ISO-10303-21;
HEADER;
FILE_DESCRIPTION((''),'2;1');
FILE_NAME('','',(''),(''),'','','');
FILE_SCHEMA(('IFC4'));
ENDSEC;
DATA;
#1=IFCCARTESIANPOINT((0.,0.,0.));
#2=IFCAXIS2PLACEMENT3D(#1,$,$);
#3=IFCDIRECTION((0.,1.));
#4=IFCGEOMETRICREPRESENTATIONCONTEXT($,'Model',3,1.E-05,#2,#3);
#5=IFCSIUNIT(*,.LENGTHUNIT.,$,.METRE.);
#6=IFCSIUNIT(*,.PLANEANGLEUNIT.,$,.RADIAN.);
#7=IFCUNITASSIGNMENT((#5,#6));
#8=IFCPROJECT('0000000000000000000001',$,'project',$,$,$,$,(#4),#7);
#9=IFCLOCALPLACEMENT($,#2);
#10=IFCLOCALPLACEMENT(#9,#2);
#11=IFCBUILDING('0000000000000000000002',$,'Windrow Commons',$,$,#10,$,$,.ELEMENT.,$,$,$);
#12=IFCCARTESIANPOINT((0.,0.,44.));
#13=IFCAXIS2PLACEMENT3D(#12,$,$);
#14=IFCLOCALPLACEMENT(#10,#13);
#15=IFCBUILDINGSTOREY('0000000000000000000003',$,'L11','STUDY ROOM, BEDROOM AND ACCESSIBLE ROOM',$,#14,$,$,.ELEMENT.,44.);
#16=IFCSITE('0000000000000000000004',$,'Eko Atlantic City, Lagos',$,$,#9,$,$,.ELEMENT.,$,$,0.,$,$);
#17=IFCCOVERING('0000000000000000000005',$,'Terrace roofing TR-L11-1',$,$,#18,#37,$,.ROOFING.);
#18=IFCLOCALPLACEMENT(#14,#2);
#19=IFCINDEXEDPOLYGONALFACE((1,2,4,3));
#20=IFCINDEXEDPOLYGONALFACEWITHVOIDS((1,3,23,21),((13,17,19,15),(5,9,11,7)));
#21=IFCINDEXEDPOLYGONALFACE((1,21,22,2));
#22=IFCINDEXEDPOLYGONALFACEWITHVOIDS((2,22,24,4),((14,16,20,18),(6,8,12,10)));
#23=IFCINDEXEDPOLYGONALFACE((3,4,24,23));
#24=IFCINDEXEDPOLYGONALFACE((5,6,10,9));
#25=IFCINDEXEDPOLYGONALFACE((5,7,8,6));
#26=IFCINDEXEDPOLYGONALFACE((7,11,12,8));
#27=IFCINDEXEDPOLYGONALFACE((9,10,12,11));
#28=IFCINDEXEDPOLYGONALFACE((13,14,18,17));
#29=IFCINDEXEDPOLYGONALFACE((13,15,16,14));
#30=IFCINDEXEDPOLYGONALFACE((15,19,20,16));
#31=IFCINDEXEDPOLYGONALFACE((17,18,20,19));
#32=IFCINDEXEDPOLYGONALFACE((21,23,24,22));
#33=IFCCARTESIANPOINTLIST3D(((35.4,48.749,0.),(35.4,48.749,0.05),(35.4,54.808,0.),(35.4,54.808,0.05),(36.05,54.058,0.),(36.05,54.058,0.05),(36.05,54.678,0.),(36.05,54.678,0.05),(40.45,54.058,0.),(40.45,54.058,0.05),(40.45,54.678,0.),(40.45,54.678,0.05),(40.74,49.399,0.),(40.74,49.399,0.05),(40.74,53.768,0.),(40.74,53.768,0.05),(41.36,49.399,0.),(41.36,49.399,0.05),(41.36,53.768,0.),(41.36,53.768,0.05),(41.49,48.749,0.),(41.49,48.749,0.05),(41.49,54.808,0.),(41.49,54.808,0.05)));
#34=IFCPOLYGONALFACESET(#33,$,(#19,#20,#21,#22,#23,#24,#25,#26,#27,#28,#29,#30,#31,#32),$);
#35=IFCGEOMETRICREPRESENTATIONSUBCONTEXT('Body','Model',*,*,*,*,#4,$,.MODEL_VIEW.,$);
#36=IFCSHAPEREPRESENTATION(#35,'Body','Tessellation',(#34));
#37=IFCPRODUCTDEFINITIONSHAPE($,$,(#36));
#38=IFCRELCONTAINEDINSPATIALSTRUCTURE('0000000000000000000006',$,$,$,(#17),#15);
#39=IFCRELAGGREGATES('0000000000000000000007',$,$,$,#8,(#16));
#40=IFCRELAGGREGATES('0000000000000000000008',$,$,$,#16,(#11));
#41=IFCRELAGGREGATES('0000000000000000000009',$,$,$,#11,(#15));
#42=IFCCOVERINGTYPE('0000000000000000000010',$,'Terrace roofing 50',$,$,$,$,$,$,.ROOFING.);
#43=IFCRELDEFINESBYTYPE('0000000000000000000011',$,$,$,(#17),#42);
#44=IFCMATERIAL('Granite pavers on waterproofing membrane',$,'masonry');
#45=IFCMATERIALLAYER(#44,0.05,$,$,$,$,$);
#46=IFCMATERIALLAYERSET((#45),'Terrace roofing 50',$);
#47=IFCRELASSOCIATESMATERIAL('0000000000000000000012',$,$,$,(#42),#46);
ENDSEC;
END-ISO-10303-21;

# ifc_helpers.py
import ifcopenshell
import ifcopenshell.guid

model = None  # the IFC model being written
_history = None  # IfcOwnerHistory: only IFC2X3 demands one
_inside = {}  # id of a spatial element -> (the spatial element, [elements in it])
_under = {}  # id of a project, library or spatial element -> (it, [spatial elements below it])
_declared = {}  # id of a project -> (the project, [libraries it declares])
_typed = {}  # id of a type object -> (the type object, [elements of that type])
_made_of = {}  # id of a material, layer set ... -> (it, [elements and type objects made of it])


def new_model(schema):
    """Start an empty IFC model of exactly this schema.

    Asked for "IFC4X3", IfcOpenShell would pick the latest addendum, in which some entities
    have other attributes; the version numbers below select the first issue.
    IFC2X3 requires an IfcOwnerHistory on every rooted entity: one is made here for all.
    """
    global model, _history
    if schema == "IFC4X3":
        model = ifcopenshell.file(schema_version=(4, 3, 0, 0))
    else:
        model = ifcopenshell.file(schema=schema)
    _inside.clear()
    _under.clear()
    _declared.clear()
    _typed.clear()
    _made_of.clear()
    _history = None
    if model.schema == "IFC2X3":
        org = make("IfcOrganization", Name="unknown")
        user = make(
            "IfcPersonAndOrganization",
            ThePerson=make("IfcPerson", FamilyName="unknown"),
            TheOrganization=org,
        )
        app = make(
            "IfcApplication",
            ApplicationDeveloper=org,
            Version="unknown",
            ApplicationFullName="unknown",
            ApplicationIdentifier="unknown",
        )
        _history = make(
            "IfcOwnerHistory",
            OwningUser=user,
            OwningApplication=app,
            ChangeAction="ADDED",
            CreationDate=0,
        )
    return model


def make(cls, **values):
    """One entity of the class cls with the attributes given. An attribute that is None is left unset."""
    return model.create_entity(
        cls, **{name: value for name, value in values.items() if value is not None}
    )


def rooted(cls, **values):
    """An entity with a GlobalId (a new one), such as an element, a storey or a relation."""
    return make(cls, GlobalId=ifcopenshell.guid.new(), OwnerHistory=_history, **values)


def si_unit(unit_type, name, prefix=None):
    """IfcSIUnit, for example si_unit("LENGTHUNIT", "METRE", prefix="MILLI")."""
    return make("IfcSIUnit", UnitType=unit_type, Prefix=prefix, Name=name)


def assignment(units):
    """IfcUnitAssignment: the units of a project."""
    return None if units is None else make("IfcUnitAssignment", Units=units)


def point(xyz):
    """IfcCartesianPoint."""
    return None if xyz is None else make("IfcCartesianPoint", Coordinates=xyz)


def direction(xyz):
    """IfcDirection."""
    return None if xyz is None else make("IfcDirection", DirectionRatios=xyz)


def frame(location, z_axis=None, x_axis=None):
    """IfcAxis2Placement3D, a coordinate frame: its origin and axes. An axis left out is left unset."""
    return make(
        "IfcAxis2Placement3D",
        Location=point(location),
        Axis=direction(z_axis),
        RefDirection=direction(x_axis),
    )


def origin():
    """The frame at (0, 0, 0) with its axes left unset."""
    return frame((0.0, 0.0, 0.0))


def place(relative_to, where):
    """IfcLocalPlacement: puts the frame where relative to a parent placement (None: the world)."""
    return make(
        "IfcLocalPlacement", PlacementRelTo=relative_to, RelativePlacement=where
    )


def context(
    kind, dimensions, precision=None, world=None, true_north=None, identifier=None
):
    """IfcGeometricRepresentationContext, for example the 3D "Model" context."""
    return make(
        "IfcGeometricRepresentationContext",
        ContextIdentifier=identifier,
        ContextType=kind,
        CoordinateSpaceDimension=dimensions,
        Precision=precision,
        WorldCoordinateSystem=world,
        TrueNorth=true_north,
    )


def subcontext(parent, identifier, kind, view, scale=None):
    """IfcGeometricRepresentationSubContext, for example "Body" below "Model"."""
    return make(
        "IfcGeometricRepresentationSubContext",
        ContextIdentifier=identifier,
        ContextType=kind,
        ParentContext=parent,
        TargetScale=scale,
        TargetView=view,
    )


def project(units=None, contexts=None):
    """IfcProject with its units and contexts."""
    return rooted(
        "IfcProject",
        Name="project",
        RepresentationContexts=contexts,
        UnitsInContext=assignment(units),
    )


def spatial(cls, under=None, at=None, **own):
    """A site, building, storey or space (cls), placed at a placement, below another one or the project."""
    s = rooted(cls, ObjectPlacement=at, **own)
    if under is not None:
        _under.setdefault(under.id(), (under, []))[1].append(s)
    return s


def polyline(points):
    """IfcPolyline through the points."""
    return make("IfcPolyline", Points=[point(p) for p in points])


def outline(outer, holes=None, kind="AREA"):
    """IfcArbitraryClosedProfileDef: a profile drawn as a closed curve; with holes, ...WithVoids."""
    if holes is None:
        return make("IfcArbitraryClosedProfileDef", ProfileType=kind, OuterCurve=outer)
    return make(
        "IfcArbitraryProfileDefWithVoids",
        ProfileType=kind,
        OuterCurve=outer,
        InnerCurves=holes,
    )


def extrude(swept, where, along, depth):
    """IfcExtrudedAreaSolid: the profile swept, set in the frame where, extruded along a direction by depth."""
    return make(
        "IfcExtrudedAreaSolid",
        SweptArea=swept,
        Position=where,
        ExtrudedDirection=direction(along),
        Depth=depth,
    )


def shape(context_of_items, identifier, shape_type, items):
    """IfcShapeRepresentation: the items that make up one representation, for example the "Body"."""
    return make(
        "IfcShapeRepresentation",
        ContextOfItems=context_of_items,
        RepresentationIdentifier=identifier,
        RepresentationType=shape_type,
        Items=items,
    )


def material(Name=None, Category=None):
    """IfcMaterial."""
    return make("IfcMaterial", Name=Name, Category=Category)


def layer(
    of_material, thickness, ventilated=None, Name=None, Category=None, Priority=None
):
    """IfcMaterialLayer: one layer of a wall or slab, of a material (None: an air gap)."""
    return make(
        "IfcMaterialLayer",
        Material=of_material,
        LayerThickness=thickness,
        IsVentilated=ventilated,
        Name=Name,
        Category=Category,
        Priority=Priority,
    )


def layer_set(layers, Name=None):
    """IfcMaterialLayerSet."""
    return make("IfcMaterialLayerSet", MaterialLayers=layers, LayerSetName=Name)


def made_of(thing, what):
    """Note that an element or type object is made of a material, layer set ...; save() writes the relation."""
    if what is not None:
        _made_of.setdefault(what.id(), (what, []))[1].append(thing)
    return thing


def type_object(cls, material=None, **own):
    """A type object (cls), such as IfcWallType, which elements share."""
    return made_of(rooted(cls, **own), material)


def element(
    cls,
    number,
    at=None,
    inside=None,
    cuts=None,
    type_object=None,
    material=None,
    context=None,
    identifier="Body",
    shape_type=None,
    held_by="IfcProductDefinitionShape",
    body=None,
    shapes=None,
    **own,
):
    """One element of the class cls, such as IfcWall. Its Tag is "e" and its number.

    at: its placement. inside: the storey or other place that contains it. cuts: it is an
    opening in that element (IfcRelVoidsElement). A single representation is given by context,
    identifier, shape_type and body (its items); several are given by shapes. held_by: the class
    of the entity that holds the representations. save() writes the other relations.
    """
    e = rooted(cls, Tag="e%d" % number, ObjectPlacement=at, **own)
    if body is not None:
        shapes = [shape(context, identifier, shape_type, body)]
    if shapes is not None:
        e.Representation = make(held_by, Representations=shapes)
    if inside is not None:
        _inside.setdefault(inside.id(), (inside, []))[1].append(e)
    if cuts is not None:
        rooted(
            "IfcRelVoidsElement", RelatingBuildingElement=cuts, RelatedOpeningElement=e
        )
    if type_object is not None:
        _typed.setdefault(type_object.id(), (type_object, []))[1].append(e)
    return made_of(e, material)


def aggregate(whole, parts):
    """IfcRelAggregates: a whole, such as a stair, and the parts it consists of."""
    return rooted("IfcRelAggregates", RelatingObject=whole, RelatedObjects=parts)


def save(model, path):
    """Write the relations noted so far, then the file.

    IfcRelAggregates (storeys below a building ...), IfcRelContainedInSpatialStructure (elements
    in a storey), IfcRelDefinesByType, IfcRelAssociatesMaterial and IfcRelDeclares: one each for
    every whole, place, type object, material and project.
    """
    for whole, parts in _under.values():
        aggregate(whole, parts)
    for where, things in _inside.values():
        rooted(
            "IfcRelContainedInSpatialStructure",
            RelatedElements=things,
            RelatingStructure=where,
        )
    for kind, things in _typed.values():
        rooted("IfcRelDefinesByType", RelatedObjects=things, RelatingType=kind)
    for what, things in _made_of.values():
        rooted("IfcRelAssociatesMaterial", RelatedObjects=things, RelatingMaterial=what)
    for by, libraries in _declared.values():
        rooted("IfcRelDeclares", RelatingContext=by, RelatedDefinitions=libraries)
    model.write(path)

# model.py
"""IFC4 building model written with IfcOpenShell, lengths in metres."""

from ifc_helpers import new_model, si_unit, direction, frame, origin, place, context, subcontext, project, spatial, polyline, outline, extrude, material, layer, layer_set, type_object, element, save


model = new_model("IFC4")

# Units and contexts
model_context = context("Model", 3, precision=1e-05, world=origin(), true_north=direction((0.0, 1.0)))
body_context = subcontext(model_context, "Body", "Model", "MODEL_VIEW")
ifc_project = project(units=[si_unit("LENGTHUNIT", "METRE"), si_unit("PLANEANGLEUNIT", "RADIAN")], contexts=[model_context])

# Site, building, storey
site_placement = place(None, origin())
site = spatial("IfcSite", under=ifc_project, at=site_placement, Name="Eko Atlantic City, Lagos", CompositionType="ELEMENT", RefElevation=0.0)
building_placement = place(site_placement, origin())
building = spatial("IfcBuilding", under=site, at=building_placement, Name="Windrow Commons", CompositionType="ELEMENT")
storey_placement = place(building_placement, frame((0.0, 0.0, 44.0)))
storey = spatial("IfcBuildingStorey", under=building, at=storey_placement, Name="L11", Description="STUDY ROOM, BEDROOM AND ACCESSIBLE ROOM", CompositionType="ELEMENT", Elevation=44.0)

# Shared definitions
placement_1 = place(storey_placement, origin())

# Covering
ifc_material_1 = material(Name="Granite pavers on waterproofing membrane", Category="masonry")
ifc_layer_1 = layer(ifc_material_1, 0.05)
ifc_layer_set_1 = layer_set([ifc_layer_1], Name="Terrace roofing 50")
covering_type = type_object("IfcCoveringType", Name="Terrace roofing 50", PredefinedType="ROOFING", material=ifc_layer_set_1)
element("IfcCovering", 1, at=placement_1, inside=storey, type_object=covering_type, Name="Terrace roofing TR-L11-1", PredefinedType="ROOFING", context=body_context, shape_type="SweptSolid", body=[
    extrude(outline(polyline([(35.4, 54.808), (41.49, 54.808), (41.49, 48.749), (35.4, 48.749), (35.4, 54.808)]), holes=[polyline([(41.36, 49.399), (41.36, 53.768), (40.74, 53.768), (40.74, 49.399), (41.36, 49.399)]), polyline([(40.45, 54.678), (36.05, 54.678), (36.05, 54.058), (40.45, 54.058), (40.45, 54.678)])]), origin(), (0.0, 0.0, 1.0), 0.05),
])

save(model, "model.ifc")
